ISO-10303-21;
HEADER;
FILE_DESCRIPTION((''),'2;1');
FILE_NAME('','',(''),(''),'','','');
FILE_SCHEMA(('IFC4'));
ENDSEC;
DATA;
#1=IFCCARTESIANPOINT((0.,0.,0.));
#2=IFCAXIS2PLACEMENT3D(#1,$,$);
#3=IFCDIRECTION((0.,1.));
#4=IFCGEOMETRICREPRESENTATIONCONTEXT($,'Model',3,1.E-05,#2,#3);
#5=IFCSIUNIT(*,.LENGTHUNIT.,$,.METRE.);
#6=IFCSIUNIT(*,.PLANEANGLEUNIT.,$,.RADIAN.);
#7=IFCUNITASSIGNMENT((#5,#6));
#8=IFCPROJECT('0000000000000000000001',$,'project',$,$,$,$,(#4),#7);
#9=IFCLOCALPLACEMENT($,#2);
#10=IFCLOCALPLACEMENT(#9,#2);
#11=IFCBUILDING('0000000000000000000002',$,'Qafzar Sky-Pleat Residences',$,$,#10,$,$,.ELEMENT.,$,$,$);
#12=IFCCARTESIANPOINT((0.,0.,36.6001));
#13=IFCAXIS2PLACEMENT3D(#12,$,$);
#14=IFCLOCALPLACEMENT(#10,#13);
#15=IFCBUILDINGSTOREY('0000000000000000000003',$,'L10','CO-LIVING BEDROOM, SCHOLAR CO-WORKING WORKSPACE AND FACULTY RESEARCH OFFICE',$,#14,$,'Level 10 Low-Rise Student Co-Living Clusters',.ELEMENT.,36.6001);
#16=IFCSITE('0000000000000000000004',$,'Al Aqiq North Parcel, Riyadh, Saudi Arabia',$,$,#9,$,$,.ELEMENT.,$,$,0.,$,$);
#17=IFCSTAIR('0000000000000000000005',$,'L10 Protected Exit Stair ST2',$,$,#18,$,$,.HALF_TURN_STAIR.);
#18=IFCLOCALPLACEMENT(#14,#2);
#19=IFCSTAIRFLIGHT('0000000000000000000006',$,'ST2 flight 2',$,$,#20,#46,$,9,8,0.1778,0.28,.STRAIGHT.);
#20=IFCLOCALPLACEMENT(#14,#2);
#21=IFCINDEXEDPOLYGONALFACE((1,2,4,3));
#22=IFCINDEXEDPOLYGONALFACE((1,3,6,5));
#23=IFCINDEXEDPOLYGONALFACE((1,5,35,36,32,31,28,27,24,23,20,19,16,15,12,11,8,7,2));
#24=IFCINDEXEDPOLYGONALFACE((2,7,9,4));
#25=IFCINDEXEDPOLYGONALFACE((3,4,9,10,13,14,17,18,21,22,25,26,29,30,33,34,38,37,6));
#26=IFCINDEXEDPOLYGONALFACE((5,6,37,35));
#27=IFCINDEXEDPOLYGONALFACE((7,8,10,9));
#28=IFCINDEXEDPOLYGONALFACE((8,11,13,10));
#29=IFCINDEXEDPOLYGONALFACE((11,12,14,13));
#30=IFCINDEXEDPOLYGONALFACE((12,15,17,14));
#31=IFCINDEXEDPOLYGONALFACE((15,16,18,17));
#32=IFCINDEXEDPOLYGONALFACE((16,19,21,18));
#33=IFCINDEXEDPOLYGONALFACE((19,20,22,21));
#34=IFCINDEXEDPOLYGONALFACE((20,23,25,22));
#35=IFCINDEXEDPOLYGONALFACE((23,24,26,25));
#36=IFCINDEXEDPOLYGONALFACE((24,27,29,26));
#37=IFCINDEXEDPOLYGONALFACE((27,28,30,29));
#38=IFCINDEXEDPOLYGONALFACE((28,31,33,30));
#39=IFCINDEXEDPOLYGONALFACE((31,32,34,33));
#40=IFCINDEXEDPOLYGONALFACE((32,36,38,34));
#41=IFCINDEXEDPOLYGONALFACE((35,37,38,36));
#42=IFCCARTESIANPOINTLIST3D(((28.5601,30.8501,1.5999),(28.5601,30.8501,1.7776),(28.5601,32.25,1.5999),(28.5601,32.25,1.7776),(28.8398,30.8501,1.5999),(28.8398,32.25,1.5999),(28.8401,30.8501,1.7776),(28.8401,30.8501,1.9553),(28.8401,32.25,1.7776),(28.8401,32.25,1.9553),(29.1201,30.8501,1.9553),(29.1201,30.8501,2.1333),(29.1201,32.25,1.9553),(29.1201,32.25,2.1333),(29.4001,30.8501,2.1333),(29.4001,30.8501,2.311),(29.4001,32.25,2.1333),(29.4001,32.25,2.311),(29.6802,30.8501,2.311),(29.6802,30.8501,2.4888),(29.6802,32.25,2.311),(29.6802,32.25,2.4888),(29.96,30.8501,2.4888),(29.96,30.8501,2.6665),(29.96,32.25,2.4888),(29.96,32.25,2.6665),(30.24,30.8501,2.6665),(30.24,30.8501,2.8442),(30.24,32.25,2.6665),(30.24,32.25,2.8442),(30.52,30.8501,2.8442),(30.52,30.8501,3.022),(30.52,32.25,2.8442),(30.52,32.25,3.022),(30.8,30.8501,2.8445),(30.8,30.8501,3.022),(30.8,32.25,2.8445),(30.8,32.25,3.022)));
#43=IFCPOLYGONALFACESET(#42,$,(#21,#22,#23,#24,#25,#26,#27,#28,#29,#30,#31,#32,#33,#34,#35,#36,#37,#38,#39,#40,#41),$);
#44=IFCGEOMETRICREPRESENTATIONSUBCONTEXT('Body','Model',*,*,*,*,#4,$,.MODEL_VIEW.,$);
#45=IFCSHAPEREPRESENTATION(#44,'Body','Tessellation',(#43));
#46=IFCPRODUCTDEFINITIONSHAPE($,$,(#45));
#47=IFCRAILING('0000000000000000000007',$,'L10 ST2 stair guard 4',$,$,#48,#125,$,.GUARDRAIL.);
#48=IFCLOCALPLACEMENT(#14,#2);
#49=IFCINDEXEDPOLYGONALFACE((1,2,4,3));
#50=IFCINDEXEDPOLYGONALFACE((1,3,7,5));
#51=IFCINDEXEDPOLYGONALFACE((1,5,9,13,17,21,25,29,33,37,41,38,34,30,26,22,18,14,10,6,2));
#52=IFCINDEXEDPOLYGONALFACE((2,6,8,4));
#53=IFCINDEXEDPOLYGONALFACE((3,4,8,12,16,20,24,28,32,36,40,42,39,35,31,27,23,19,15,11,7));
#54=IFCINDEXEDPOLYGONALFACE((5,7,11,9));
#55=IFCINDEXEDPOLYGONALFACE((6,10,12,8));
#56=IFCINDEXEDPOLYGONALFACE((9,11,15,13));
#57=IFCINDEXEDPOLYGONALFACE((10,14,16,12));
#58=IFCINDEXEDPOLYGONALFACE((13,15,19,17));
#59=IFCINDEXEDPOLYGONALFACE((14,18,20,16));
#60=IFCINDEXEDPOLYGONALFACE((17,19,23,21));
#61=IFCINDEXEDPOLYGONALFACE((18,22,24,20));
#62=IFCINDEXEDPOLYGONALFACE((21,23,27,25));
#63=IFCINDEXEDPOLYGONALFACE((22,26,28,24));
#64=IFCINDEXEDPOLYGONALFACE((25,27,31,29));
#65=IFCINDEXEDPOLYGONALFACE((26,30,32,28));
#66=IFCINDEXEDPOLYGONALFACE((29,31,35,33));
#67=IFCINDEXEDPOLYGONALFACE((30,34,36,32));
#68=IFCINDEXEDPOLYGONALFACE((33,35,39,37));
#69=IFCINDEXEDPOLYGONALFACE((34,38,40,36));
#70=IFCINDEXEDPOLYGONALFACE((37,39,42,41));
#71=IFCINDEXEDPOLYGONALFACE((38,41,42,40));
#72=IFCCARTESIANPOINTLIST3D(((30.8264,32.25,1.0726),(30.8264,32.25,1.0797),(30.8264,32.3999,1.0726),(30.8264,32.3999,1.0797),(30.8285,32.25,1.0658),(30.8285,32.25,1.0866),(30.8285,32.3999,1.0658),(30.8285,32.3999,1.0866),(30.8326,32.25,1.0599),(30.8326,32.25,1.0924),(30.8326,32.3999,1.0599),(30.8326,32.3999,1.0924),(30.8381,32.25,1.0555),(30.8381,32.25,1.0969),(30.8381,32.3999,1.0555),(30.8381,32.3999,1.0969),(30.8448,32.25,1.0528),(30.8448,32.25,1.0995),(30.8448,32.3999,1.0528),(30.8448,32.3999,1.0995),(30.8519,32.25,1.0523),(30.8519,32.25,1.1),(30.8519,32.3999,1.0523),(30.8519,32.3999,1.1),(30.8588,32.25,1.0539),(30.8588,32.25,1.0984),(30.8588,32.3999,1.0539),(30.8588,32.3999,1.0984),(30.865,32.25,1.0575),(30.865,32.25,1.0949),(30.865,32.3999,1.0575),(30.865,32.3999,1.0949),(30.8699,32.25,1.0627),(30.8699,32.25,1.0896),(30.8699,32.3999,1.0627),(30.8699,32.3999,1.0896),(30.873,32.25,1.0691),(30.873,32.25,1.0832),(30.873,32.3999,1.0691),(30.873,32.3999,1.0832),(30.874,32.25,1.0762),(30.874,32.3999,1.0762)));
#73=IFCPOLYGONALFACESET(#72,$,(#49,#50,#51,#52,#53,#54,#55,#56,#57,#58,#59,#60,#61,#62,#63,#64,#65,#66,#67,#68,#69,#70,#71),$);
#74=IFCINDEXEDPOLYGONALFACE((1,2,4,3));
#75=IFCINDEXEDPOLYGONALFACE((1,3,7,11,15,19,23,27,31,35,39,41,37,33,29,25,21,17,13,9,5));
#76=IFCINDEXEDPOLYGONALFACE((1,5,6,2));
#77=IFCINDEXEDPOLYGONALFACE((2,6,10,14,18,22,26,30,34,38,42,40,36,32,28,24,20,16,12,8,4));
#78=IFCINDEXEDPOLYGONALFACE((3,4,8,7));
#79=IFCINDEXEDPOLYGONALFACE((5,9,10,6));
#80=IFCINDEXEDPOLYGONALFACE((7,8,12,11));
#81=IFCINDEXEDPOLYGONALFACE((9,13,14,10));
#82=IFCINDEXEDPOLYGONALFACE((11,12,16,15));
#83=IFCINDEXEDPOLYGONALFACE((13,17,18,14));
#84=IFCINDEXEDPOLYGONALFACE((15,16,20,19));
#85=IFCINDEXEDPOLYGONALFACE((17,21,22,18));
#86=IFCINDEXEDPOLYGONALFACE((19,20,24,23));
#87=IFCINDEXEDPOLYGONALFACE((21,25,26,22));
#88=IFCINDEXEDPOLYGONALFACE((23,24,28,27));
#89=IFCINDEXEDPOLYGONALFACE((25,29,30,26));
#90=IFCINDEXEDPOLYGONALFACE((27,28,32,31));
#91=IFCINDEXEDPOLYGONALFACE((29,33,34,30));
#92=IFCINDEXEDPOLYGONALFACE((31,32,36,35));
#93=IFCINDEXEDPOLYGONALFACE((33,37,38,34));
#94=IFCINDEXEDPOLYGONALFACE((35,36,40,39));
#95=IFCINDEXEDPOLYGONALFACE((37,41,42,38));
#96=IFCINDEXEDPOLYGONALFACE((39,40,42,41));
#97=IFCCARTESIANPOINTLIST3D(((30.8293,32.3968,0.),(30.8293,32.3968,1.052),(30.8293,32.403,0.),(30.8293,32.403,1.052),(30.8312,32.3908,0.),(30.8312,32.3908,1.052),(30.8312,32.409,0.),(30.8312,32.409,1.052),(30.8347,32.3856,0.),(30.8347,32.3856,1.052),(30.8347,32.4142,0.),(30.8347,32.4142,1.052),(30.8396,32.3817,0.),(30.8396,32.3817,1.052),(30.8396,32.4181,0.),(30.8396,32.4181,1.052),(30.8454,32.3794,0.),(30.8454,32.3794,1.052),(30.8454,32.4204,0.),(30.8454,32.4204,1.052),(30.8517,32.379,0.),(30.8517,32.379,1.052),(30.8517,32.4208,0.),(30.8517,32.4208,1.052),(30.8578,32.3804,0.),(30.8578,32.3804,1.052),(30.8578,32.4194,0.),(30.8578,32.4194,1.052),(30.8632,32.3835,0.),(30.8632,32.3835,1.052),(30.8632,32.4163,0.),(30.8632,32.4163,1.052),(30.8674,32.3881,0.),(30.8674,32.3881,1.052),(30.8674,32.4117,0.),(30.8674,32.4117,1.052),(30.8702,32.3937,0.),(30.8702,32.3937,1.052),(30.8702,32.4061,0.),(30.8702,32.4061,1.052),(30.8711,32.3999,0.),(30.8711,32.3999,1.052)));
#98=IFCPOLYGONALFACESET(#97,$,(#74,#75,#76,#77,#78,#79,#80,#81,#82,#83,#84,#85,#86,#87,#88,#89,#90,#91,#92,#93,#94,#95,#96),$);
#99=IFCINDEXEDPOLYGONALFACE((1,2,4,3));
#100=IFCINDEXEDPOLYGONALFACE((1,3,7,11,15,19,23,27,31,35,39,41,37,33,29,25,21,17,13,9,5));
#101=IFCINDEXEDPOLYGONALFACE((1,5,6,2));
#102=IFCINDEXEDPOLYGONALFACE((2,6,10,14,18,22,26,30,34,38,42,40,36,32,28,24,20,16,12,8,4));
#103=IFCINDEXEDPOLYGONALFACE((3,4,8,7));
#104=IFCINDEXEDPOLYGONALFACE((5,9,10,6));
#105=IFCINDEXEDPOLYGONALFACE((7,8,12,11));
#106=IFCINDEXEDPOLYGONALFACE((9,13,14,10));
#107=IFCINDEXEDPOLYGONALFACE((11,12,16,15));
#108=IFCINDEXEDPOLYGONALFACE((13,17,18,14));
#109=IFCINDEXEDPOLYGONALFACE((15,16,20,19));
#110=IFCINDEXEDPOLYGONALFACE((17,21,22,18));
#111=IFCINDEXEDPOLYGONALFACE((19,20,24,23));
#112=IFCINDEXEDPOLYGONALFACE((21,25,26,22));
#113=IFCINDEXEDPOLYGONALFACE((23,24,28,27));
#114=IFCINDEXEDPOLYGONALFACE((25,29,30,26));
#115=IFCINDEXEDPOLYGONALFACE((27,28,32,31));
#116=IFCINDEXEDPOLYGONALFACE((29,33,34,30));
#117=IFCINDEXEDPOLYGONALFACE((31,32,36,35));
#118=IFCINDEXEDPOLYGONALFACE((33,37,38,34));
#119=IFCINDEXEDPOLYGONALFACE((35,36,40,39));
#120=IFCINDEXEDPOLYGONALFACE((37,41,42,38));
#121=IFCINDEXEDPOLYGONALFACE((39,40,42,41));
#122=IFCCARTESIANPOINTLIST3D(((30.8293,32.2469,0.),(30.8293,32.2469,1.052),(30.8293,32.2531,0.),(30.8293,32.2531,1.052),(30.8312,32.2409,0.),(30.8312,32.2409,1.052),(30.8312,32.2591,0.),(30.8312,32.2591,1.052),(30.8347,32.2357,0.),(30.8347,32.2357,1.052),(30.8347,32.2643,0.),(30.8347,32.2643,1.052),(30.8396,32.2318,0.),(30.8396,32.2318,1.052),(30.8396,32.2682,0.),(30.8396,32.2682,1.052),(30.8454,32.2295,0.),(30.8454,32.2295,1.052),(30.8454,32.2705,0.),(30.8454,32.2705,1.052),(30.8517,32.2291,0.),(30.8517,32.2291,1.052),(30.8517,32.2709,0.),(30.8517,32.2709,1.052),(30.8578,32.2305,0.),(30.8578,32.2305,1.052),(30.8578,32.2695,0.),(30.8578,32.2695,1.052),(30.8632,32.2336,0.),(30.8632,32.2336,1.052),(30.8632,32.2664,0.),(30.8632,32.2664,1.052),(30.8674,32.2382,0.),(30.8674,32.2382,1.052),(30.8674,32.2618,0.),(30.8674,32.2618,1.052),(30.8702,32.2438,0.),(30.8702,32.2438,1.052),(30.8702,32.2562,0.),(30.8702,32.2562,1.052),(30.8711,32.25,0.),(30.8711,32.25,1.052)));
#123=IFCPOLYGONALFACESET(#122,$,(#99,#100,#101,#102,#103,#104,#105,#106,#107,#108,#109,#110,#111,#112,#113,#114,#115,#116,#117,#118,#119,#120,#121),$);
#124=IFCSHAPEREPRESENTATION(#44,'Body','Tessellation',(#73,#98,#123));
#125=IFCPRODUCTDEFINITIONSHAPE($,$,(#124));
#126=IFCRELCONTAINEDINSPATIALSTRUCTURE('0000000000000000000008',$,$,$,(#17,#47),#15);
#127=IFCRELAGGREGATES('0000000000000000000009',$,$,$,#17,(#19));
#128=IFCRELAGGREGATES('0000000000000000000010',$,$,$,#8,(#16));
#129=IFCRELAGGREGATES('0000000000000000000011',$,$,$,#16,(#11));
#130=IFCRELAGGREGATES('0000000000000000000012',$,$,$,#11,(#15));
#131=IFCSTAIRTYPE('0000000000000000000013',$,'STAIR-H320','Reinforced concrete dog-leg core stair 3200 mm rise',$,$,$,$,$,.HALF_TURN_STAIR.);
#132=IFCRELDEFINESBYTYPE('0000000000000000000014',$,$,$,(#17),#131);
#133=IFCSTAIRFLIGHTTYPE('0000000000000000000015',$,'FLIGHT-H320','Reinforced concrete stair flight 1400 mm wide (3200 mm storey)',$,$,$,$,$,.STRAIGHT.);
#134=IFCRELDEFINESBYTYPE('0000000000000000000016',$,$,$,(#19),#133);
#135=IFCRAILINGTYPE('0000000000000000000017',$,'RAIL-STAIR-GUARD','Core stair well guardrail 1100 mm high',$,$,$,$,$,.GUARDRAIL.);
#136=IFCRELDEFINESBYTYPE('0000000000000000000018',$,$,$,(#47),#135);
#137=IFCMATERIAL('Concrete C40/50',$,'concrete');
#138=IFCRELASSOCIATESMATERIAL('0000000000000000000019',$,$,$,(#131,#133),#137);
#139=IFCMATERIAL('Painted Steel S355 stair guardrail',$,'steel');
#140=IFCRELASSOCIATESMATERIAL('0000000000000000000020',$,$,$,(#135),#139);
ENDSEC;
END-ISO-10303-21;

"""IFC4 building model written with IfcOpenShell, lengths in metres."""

from ifc_helpers import new_model, si_unit, direction, frame, origin, origin_2d, place, context, subcontext, project, spatial, polyline, circle, outline, extrude, source, transform, mapped, material, type_object, element, aggregate, save


model = new_model("IFC4")

# Units and contexts
model_context = context("Model", 3, precision=1e-05, world=origin(), true_north=direction((0.0, 1.0)))
body_context = subcontext(model_context, "Body", "Model", "MODEL_VIEW")
ifc_project = project(units=[si_unit("LENGTHUNIT", "METRE"), si_unit("PLANEANGLEUNIT", "RADIAN")], contexts=[model_context])

# Site, building, storey
site_placement = place(None, origin())
site = spatial("IfcSite", under=ifc_project, at=site_placement, Name="Al Aqiq North Parcel, Riyadh, Saudi Arabia", CompositionType="ELEMENT", RefElevation=0.0)
building_placement = place(site_placement, origin())
building = spatial("IfcBuilding", under=site, at=building_placement, Name="Qafzar Sky-Pleat Residences", CompositionType="ELEMENT")
storey_placement = place(building_placement, frame((0.0, 0.0, 36.6001)))
storey = spatial("IfcBuildingStorey", under=building, at=storey_placement, Name="L10", Description="CO-LIVING BEDROOM, SCHOLAR CO-WORKING WORKSPACE AND FACULTY RESEARCH OFFICE", LongName="Level 10 Low-Rise Student Co-Living Clusters", CompositionType="ELEMENT", Elevation=36.6001)

# Stair, stair flight
ifc_material_1 = material(Name="Concrete C40/50", Category="concrete")
stair_type = type_object("IfcStairType", Name="STAIR-H320", Description="Reinforced concrete dog-leg core stair 3200 mm rise", PredefinedType="HALF_TURN_STAIR", material=ifc_material_1)
stair_placement = place(storey_placement, origin())
stair = element("IfcStair", 1, at=stair_placement, inside=storey, type_object=stair_type, Name="L10 Protected Exit Stair ST2", PredefinedType="HALF_TURN_STAIR")
stair_flight_type = type_object("IfcStairFlightType", Name="FLIGHT-H320", Description="Reinforced concrete stair flight 1400 mm wide (3200 mm storey)", PredefinedType="STRAIGHT", material=ifc_material_1)
shared_shape_1 = source(origin(), body_context, "Body", "SweptSolid", [
    extrude(outline(polyline([(0.0, 0.0), (0.0, 0.1777), (0.28, 0.1777), (0.28, 0.3555), (0.5601, 0.3555), (0.5601, 0.5334), (0.8401, 0.5334), (0.8401, 0.7112), (1.1201, 0.7112), (1.1201, 0.8889), (1.3999, 0.8889), (1.3999, 1.0667), (1.6799, 1.0667), (1.6799, 1.2444), (1.96, 1.2444), (1.96, 1.4221), (2.24, 1.4221), (2.24, 1.6001), (2.24, 1.2446), (0.2798, 0.0), (0.0, 0.0)])), frame((0.0, 0.7, 0.0), z_axis=(0.0, -1.0, 0.0), x_axis=(1.0, 0.0, 0.0)), (0.0, 0.0, 1.0), 1.3999),
])
stair_flight_1_placement = place(storey_placement, frame((28.5601, 31.55, 1.5999), z_axis=(0.0, 0.0, 1.0), x_axis=(1.0, 0.0, 0.0)))
stair_flight_1 = element("IfcStairFlight", 2, at=stair_flight_1_placement, type_object=stair_flight_type, Name="ST2 flight 2", NumberOfRisers=9, NumberOfTreads=8, PredefinedType="STRAIGHT", RiserHeight=0.1778, TreadLength=0.28, context=body_context, shape_type="MappedRepresentation", body=[
    mapped(shared_shape_1, transform((0.0, 0.0, 0.0), x_axis=(1.0, 0.0, 0.0), y_axis=(0.0, 1.0, 0.0), z_axis=(0.0, 0.0, 1.0), scale=1.0)),
])
aggregate(stair, [stair_flight_1])

# Railing
ifc_material_2 = material(Name="Painted Steel S355 stair guardrail", Category="steel")
railing_type_1 = type_object("IfcRailingType", Name="RAIL-STAIR-GUARD", Description="Core stair well guardrail 1100 mm high", PredefinedType="GUARDRAIL", material=ifc_material_2)
shared_shape_2 = source(origin(), body_context, "Body", "SweptSolid", [
    extrude(circle(Radius=0.0239, at=origin_2d()), frame((0.0, 0.0, 1.0762), z_axis=(0.0, -1.0, 0.0), x_axis=(1.0, 0.0, 0.0)), (0.0, 0.0, 1.0), 0.1499),
    extrude(circle(Radius=0.021, at=origin_2d()), origin(), (0.0, 0.0, 1.0), 1.052),
    extrude(circle(Radius=0.021, at=origin_2d()), frame((0.0, -0.1499, 0.0)), (0.0, 0.0, 1.0), 1.052),
])
railing_1_placement = place(storey_placement, frame((30.8501, 32.3999, 0.0)))
element("IfcRailing", 3, at=railing_1_placement, inside=storey, type_object=railing_type_1, Name="L10 ST2 stair guard 4", PredefinedType="GUARDRAIL", context=body_context, shape_type="MappedRepresentation", body=[
    mapped(shared_shape_2, transform((0.0, 0.0, 0.0), x_axis=(1.0, 0.0, 0.0), y_axis=(0.0, 1.0, 0.0), z_axis=(0.0, 0.0, 1.0), scale=1.0)),
])

save(model, "model.ifc")
